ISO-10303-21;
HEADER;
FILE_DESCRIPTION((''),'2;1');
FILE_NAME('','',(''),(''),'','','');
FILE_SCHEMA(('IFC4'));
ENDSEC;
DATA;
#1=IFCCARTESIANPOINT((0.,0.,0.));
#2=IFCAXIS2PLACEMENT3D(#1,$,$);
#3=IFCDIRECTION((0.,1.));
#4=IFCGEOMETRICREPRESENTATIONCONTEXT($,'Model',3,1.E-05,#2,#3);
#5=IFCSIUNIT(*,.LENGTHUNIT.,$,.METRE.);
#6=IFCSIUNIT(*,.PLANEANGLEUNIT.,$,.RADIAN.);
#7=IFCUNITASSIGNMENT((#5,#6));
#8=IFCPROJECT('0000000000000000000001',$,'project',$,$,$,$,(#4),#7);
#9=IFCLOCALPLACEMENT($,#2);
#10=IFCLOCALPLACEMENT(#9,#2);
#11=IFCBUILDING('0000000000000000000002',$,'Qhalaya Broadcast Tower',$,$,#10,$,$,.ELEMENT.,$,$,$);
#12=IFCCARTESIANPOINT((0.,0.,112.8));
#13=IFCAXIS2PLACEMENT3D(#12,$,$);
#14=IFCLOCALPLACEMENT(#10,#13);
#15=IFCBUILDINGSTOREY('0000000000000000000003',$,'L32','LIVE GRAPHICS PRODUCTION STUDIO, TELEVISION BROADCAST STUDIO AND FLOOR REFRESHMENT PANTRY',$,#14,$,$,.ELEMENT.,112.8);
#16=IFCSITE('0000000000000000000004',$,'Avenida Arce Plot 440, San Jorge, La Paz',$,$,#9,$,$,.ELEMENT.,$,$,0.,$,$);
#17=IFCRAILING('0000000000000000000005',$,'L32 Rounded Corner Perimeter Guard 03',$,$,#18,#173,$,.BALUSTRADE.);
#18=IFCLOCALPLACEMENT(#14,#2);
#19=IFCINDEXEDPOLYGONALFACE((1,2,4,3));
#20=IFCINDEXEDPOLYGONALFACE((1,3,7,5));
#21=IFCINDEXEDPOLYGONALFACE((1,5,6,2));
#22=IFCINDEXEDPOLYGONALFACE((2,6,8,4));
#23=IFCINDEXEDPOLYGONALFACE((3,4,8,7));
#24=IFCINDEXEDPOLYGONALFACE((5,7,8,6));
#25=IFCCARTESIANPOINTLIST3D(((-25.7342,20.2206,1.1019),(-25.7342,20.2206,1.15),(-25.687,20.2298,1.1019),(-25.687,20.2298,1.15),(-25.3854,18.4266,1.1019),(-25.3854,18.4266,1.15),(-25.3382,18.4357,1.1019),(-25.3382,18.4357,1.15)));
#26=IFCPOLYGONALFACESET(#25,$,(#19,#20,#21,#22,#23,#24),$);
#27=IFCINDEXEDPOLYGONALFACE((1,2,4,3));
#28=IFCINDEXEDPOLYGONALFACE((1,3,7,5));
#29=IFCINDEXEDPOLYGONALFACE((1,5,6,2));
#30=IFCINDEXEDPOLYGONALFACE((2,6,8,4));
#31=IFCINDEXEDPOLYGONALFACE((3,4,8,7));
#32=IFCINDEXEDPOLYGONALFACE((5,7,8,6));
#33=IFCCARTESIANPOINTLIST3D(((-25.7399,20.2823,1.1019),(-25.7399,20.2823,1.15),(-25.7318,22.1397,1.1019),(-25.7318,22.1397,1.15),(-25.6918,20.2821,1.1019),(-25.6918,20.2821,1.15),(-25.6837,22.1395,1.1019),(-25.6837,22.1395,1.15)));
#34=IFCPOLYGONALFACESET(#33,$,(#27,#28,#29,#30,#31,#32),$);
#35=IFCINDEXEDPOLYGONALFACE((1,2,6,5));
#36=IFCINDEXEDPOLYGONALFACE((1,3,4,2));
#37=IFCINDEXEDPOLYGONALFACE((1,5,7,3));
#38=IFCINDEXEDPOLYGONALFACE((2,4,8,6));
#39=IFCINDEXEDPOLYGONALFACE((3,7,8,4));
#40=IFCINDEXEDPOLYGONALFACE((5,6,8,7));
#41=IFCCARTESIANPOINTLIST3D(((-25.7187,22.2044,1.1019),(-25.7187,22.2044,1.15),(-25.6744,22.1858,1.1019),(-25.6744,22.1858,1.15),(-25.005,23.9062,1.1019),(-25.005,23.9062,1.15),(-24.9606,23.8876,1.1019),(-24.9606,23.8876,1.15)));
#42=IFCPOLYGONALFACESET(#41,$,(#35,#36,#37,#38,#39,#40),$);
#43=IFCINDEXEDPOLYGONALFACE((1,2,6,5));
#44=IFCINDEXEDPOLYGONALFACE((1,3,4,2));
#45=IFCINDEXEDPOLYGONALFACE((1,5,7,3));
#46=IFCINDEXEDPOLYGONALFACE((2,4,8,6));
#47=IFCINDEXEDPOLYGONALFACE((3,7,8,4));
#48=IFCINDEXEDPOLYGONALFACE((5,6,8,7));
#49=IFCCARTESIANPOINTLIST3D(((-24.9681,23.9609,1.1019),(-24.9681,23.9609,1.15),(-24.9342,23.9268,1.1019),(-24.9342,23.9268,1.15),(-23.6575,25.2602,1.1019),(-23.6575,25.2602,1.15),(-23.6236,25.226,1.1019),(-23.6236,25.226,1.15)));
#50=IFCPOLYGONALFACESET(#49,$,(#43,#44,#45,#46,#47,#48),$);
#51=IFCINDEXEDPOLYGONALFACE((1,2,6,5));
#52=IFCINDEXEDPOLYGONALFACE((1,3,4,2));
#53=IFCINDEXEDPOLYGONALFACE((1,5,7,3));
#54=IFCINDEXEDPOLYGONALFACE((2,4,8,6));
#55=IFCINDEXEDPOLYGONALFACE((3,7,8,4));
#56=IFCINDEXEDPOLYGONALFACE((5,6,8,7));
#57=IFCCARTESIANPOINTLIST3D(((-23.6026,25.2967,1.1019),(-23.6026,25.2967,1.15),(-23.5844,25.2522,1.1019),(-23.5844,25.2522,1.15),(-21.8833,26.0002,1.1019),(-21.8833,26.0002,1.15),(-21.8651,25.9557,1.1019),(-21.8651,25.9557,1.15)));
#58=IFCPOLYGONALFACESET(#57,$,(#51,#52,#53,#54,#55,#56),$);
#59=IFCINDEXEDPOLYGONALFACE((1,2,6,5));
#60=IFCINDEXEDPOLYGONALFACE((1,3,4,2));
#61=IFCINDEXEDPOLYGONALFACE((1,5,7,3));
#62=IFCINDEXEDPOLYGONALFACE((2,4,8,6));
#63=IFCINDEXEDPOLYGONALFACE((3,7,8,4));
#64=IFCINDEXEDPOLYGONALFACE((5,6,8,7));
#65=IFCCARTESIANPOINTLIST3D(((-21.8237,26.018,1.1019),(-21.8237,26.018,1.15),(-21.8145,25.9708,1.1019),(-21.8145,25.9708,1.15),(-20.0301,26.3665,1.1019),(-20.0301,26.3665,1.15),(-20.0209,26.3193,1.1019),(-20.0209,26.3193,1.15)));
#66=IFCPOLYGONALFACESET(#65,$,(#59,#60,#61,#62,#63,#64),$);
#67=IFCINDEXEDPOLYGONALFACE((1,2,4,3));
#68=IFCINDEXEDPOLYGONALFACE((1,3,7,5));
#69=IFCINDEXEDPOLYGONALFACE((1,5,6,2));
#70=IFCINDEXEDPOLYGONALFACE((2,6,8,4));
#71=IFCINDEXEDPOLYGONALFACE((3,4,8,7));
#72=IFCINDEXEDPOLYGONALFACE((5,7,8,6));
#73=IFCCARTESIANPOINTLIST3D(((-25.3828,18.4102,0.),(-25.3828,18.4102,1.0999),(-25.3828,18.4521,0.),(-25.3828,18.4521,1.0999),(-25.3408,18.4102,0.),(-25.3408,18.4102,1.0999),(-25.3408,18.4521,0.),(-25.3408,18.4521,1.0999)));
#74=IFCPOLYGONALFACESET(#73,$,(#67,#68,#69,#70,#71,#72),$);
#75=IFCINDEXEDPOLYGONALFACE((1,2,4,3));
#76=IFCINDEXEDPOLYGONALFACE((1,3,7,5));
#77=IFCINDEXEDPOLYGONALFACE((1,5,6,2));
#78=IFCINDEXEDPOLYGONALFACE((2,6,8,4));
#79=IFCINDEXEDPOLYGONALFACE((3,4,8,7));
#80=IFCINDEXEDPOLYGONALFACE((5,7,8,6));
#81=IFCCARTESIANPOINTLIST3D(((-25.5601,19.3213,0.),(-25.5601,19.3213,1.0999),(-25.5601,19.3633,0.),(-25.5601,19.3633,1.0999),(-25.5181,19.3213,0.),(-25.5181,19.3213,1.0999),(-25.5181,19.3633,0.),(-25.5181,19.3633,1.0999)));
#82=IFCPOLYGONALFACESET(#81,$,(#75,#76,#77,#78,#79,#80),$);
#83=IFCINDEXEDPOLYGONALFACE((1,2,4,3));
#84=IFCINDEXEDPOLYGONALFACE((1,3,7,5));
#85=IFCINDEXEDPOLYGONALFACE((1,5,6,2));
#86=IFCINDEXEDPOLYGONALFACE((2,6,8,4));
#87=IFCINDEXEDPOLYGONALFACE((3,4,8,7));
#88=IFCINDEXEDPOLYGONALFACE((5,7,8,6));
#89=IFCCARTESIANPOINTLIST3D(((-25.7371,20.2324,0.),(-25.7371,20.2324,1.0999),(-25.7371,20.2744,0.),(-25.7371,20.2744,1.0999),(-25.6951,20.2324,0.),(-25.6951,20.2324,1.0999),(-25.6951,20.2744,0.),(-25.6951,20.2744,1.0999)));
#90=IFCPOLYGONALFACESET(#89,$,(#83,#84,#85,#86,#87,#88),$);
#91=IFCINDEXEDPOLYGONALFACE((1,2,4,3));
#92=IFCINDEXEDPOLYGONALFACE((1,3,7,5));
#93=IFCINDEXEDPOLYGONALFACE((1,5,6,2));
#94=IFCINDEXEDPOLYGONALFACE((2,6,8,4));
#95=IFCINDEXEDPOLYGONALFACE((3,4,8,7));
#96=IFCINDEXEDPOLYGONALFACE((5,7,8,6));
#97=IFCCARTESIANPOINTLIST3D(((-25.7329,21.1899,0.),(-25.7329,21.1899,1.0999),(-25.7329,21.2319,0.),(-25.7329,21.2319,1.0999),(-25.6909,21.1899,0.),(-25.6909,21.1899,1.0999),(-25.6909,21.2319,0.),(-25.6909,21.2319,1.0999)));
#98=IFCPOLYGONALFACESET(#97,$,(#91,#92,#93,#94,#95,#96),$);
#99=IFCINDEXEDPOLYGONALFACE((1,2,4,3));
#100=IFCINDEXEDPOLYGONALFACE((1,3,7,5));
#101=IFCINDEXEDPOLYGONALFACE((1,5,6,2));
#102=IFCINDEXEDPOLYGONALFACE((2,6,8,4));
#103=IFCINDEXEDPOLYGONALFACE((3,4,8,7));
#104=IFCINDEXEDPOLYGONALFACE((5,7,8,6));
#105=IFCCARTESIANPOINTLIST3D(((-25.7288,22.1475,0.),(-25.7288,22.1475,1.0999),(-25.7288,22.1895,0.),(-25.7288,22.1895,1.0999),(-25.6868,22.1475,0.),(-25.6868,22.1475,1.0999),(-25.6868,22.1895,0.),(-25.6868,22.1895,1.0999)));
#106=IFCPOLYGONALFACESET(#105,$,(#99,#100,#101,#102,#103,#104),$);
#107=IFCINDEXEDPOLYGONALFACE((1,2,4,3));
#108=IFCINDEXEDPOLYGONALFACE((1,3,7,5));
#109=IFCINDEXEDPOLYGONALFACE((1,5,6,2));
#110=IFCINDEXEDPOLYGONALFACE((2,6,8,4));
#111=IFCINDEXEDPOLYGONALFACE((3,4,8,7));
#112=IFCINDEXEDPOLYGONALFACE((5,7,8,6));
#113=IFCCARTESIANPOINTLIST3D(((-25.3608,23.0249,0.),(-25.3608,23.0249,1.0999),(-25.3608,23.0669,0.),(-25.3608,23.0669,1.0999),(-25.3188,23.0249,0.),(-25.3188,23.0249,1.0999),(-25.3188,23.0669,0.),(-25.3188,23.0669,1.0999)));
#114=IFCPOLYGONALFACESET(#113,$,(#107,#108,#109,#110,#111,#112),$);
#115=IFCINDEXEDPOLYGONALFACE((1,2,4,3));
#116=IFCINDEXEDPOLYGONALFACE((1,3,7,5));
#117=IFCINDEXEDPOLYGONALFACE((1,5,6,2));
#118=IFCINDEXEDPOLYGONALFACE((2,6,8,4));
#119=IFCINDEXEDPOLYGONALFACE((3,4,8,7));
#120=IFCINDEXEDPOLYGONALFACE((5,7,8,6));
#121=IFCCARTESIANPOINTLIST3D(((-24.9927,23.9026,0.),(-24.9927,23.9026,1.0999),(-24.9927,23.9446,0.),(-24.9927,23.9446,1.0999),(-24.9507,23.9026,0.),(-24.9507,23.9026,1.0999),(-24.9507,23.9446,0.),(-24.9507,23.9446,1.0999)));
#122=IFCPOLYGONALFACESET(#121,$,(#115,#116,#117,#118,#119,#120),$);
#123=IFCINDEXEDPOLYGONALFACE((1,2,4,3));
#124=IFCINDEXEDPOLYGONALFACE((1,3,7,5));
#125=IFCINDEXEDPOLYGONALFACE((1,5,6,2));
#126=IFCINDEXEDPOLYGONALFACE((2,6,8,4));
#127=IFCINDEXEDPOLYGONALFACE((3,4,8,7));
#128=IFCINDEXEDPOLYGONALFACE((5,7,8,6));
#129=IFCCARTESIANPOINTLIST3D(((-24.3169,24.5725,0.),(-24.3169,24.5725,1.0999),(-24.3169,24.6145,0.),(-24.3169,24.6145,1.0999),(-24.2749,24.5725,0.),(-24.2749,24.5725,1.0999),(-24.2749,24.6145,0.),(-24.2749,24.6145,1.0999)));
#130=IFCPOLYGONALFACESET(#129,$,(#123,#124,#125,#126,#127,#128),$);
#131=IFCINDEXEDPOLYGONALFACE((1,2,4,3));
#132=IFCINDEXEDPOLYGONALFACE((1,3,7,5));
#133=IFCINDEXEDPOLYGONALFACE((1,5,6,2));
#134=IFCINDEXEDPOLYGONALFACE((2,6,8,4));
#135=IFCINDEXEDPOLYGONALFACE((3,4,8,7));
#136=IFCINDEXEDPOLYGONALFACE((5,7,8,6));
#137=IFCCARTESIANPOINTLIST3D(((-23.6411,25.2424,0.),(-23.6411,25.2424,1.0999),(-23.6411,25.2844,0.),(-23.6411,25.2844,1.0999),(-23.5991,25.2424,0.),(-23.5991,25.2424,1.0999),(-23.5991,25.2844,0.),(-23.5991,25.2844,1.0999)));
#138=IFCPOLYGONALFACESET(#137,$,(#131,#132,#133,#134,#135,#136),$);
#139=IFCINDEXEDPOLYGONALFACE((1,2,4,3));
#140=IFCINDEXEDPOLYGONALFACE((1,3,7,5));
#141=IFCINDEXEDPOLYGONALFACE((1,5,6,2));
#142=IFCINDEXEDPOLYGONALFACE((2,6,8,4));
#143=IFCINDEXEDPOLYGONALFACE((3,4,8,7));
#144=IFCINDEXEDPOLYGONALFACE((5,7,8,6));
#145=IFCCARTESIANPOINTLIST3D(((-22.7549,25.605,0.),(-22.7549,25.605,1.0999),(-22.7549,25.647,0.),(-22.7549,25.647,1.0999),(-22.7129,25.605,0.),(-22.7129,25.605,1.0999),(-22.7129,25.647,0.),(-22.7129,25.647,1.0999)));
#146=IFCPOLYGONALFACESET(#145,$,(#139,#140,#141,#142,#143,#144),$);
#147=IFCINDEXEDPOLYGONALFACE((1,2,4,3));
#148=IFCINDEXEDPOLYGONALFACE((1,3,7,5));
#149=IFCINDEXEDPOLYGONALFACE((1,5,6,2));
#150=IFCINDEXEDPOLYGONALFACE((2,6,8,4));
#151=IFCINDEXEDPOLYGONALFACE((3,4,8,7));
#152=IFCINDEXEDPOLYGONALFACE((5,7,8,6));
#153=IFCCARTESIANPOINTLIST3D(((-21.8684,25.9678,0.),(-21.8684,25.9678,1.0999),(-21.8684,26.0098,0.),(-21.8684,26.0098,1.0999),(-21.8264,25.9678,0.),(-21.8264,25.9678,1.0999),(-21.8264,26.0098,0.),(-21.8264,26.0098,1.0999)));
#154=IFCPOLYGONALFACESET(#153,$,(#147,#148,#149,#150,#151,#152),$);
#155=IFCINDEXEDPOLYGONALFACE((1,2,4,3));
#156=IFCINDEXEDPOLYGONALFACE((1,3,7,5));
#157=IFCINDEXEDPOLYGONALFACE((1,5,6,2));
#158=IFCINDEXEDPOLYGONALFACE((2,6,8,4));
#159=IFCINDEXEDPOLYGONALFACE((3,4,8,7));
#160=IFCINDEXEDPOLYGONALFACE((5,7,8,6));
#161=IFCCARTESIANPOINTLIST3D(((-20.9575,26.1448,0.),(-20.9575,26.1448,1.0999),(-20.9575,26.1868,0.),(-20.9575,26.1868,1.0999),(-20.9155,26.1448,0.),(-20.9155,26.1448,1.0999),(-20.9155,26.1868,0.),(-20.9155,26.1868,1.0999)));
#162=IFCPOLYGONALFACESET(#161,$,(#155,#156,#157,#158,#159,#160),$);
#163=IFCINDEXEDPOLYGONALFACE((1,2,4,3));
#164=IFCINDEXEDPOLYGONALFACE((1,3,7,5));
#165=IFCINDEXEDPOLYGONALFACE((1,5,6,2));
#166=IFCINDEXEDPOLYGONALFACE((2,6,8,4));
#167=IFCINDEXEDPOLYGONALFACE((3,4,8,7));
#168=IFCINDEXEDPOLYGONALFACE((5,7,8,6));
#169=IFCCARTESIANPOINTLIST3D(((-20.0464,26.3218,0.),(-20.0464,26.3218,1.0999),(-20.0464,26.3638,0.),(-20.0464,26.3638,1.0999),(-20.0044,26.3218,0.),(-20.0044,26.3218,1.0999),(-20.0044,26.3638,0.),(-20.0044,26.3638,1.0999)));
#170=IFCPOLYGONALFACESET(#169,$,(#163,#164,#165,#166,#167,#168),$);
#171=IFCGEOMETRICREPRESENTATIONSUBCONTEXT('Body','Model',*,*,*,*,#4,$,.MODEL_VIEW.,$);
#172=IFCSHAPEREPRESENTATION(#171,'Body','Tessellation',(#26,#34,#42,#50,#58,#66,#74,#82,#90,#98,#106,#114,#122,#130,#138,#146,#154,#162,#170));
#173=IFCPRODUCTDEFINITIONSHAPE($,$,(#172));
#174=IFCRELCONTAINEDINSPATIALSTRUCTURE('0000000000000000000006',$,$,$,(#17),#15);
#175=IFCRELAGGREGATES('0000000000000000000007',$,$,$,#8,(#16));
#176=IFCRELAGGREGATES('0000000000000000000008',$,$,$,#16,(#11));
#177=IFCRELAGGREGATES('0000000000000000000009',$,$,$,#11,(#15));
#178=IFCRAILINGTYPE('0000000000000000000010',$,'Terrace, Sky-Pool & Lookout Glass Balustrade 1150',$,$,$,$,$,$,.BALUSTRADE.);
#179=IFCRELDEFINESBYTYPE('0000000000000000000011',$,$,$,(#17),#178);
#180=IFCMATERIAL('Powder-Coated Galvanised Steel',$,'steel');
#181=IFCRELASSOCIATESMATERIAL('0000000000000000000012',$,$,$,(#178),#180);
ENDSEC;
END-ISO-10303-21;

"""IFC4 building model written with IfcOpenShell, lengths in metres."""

from ifc_helpers import new_model, si_unit, direction, frame, origin, origin_2d, place, context, subcontext, project, spatial, rectangle, extrude, material, type_object, element, save


model = new_model("IFC4")

# Units and contexts
model_context = context("Model", 3, precision=1e-05, world=origin(), true_north=direction((0.0, 1.0)))
body_context = subcontext(model_context, "Body", "Model", "MODEL_VIEW")
ifc_project = project(units=[si_unit("LENGTHUNIT", "METRE"), si_unit("PLANEANGLEUNIT", "RADIAN")], contexts=[model_context])

# Site, building, storey
site_placement = place(None, origin())
site = spatial("IfcSite", under=ifc_project, at=site_placement, Name="Avenida Arce Plot 440, San Jorge, La Paz", CompositionType="ELEMENT", RefElevation=0.0)
building_placement = place(site_placement, origin())
building = spatial("IfcBuilding", under=site, at=building_placement, Name="Qhalaya Broadcast Tower", CompositionType="ELEMENT")
storey_placement = place(building_placement, frame((0.0, 0.0, 112.8)))
storey = spatial("IfcBuildingStorey", under=building, at=storey_placement, Name="L32", Description="LIVE GRAPHICS PRODUCTION STUDIO, TELEVISION BROADCAST STUDIO AND FLOOR REFRESHMENT PANTRY", CompositionType="ELEMENT", Elevation=112.8)

# Railing
ifc_material_1 = material(Name="Powder-Coated Galvanised Steel", Category="steel")
railing_type = type_object("IfcRailingType", Name="Terrace, Sky-Pool & Lookout Glass Balustrade 1150", PredefinedType="BALUSTRADE", material=ifc_material_1)
railing_placement = place(storey_placement, frame((-25.3618, 18.4312, 0.0)))
element("IfcRailing", 1, at=railing_placement, inside=storey, type_object=railing_type, Name="L32 Rounded Corner Perimeter Guard 03", PredefinedType="BALUSTRADE", context=body_context, shape_type="SweptSolid", body=[
    extrude(rectangle(XDim=0.0481, YDim=0.0481, at=origin_2d()), frame((0.0, 0.0, 1.126), z_axis=(-0.190827, 0.981624, 0.0), x_axis=(-0.981624, -0.190827, 0.0)), (0.0, 0.0, 1.0), 1.8276),
    extrude(rectangle(XDim=0.0481, YDim=0.0481, at=origin_2d()), frame((-0.354, 1.8511, 1.126), z_axis=(0.004334, 0.999991, 0.0), x_axis=(-0.999991, 0.004334, 0.0)), (0.0, 0.0, 1.0), 1.8574),
    extrude(rectangle(XDim=0.0481, YDim=0.0481, at=origin_2d()), frame((-0.3347, 3.7639, 1.126), z_axis=(0.386755, 0.922183, 0.0), x_axis=(-0.922183, 0.386755, 0.0)), (0.0, 0.0, 1.0), 1.8455),
    extrude(rectangle(XDim=0.0481, YDim=0.0481, at=origin_2d()), frame((0.4106, 5.5127, 1.126), z_axis=(0.710179, 0.704021, 0.0), x_axis=(-0.704021, 0.710179, 0.0)), (0.0, 0.0, 1.0), 1.8455),
    extrude(rectangle(XDim=0.0481, YDim=0.0481, at=origin_2d()), frame((1.7683, 6.8433, 1.126), z_axis=(0.925521, 0.378697, 0.0), x_axis=(-0.378697, 0.925521, 0.0)), (0.0, 0.0, 1.0), 1.8577),
    extrude(rectangle(XDim=0.0481, YDim=0.0481, at=origin_2d()), frame((3.5427, 7.5632, 1.126), z_axis=(0.981643, 0.190725, 0.0), x_axis=(-0.190725, 0.981643, 0.0)), (0.0, 0.0, 1.0), 1.8271),
    extrude(rectangle(XDim=0.042, YDim=0.042, at=origin_2d()), origin(), (0.0, 0.0, 1.0), 1.0999),
    extrude(rectangle(XDim=0.042, YDim=0.042, at=origin_2d()), frame((-0.1772, 0.9111, 0.0)), (0.0, 0.0, 1.0), 1.0999),
    extrude(rectangle(XDim=0.042, YDim=0.042, at=origin_2d()), frame((-0.3542, 1.8223, 0.0)), (0.0, 0.0, 1.0), 1.0999),
    extrude(rectangle(XDim=0.042, YDim=0.042, at=origin_2d()), frame((-0.3501, 2.7798, 0.0)), (0.0, 0.0, 1.0), 1.0999),
    extrude(rectangle(XDim=0.042, YDim=0.042, at=origin_2d()), frame((-0.3459, 3.7373, 0.0)), (0.0, 0.0, 1.0), 1.0999),
    extrude(rectangle(XDim=0.042, YDim=0.042, at=origin_2d()), frame((0.022, 4.6147, 0.0)), (0.0, 0.0, 1.0), 1.0999),
    extrude(rectangle(XDim=0.042, YDim=0.042, at=origin_2d()), frame((0.3901, 5.4924, 0.0)), (0.0, 0.0, 1.0), 1.0999),
    extrude(rectangle(XDim=0.042, YDim=0.042, at=origin_2d()), frame((1.0659, 6.1624, 0.0)), (0.0, 0.0, 1.0), 1.0999),
    extrude(rectangle(XDim=0.042, YDim=0.042, at=origin_2d()), frame((1.7417, 6.8323, 0.0)), (0.0, 0.0, 1.0), 1.0999),
    extrude(rectangle(XDim=0.042, YDim=0.042, at=origin_2d()), frame((2.6279, 7.1948, 0.0)), (0.0, 0.0, 1.0), 1.0999),
    extrude(rectangle(XDim=0.042, YDim=0.042, at=origin_2d()), frame((3.5144, 7.5576, 0.0)), (0.0, 0.0, 1.0), 1.0999),
    extrude(rectangle(XDim=0.042, YDim=0.042, at=origin_2d()), frame((4.4253, 7.7346, 0.0)), (0.0, 0.0, 1.0), 1.0999),
    extrude(rectangle(XDim=0.042, YDim=0.042, at=origin_2d()), frame((5.3364, 7.9116, 0.0)), (0.0, 0.0, 1.0), 1.0999),
])

save(model, "model.ifc")
